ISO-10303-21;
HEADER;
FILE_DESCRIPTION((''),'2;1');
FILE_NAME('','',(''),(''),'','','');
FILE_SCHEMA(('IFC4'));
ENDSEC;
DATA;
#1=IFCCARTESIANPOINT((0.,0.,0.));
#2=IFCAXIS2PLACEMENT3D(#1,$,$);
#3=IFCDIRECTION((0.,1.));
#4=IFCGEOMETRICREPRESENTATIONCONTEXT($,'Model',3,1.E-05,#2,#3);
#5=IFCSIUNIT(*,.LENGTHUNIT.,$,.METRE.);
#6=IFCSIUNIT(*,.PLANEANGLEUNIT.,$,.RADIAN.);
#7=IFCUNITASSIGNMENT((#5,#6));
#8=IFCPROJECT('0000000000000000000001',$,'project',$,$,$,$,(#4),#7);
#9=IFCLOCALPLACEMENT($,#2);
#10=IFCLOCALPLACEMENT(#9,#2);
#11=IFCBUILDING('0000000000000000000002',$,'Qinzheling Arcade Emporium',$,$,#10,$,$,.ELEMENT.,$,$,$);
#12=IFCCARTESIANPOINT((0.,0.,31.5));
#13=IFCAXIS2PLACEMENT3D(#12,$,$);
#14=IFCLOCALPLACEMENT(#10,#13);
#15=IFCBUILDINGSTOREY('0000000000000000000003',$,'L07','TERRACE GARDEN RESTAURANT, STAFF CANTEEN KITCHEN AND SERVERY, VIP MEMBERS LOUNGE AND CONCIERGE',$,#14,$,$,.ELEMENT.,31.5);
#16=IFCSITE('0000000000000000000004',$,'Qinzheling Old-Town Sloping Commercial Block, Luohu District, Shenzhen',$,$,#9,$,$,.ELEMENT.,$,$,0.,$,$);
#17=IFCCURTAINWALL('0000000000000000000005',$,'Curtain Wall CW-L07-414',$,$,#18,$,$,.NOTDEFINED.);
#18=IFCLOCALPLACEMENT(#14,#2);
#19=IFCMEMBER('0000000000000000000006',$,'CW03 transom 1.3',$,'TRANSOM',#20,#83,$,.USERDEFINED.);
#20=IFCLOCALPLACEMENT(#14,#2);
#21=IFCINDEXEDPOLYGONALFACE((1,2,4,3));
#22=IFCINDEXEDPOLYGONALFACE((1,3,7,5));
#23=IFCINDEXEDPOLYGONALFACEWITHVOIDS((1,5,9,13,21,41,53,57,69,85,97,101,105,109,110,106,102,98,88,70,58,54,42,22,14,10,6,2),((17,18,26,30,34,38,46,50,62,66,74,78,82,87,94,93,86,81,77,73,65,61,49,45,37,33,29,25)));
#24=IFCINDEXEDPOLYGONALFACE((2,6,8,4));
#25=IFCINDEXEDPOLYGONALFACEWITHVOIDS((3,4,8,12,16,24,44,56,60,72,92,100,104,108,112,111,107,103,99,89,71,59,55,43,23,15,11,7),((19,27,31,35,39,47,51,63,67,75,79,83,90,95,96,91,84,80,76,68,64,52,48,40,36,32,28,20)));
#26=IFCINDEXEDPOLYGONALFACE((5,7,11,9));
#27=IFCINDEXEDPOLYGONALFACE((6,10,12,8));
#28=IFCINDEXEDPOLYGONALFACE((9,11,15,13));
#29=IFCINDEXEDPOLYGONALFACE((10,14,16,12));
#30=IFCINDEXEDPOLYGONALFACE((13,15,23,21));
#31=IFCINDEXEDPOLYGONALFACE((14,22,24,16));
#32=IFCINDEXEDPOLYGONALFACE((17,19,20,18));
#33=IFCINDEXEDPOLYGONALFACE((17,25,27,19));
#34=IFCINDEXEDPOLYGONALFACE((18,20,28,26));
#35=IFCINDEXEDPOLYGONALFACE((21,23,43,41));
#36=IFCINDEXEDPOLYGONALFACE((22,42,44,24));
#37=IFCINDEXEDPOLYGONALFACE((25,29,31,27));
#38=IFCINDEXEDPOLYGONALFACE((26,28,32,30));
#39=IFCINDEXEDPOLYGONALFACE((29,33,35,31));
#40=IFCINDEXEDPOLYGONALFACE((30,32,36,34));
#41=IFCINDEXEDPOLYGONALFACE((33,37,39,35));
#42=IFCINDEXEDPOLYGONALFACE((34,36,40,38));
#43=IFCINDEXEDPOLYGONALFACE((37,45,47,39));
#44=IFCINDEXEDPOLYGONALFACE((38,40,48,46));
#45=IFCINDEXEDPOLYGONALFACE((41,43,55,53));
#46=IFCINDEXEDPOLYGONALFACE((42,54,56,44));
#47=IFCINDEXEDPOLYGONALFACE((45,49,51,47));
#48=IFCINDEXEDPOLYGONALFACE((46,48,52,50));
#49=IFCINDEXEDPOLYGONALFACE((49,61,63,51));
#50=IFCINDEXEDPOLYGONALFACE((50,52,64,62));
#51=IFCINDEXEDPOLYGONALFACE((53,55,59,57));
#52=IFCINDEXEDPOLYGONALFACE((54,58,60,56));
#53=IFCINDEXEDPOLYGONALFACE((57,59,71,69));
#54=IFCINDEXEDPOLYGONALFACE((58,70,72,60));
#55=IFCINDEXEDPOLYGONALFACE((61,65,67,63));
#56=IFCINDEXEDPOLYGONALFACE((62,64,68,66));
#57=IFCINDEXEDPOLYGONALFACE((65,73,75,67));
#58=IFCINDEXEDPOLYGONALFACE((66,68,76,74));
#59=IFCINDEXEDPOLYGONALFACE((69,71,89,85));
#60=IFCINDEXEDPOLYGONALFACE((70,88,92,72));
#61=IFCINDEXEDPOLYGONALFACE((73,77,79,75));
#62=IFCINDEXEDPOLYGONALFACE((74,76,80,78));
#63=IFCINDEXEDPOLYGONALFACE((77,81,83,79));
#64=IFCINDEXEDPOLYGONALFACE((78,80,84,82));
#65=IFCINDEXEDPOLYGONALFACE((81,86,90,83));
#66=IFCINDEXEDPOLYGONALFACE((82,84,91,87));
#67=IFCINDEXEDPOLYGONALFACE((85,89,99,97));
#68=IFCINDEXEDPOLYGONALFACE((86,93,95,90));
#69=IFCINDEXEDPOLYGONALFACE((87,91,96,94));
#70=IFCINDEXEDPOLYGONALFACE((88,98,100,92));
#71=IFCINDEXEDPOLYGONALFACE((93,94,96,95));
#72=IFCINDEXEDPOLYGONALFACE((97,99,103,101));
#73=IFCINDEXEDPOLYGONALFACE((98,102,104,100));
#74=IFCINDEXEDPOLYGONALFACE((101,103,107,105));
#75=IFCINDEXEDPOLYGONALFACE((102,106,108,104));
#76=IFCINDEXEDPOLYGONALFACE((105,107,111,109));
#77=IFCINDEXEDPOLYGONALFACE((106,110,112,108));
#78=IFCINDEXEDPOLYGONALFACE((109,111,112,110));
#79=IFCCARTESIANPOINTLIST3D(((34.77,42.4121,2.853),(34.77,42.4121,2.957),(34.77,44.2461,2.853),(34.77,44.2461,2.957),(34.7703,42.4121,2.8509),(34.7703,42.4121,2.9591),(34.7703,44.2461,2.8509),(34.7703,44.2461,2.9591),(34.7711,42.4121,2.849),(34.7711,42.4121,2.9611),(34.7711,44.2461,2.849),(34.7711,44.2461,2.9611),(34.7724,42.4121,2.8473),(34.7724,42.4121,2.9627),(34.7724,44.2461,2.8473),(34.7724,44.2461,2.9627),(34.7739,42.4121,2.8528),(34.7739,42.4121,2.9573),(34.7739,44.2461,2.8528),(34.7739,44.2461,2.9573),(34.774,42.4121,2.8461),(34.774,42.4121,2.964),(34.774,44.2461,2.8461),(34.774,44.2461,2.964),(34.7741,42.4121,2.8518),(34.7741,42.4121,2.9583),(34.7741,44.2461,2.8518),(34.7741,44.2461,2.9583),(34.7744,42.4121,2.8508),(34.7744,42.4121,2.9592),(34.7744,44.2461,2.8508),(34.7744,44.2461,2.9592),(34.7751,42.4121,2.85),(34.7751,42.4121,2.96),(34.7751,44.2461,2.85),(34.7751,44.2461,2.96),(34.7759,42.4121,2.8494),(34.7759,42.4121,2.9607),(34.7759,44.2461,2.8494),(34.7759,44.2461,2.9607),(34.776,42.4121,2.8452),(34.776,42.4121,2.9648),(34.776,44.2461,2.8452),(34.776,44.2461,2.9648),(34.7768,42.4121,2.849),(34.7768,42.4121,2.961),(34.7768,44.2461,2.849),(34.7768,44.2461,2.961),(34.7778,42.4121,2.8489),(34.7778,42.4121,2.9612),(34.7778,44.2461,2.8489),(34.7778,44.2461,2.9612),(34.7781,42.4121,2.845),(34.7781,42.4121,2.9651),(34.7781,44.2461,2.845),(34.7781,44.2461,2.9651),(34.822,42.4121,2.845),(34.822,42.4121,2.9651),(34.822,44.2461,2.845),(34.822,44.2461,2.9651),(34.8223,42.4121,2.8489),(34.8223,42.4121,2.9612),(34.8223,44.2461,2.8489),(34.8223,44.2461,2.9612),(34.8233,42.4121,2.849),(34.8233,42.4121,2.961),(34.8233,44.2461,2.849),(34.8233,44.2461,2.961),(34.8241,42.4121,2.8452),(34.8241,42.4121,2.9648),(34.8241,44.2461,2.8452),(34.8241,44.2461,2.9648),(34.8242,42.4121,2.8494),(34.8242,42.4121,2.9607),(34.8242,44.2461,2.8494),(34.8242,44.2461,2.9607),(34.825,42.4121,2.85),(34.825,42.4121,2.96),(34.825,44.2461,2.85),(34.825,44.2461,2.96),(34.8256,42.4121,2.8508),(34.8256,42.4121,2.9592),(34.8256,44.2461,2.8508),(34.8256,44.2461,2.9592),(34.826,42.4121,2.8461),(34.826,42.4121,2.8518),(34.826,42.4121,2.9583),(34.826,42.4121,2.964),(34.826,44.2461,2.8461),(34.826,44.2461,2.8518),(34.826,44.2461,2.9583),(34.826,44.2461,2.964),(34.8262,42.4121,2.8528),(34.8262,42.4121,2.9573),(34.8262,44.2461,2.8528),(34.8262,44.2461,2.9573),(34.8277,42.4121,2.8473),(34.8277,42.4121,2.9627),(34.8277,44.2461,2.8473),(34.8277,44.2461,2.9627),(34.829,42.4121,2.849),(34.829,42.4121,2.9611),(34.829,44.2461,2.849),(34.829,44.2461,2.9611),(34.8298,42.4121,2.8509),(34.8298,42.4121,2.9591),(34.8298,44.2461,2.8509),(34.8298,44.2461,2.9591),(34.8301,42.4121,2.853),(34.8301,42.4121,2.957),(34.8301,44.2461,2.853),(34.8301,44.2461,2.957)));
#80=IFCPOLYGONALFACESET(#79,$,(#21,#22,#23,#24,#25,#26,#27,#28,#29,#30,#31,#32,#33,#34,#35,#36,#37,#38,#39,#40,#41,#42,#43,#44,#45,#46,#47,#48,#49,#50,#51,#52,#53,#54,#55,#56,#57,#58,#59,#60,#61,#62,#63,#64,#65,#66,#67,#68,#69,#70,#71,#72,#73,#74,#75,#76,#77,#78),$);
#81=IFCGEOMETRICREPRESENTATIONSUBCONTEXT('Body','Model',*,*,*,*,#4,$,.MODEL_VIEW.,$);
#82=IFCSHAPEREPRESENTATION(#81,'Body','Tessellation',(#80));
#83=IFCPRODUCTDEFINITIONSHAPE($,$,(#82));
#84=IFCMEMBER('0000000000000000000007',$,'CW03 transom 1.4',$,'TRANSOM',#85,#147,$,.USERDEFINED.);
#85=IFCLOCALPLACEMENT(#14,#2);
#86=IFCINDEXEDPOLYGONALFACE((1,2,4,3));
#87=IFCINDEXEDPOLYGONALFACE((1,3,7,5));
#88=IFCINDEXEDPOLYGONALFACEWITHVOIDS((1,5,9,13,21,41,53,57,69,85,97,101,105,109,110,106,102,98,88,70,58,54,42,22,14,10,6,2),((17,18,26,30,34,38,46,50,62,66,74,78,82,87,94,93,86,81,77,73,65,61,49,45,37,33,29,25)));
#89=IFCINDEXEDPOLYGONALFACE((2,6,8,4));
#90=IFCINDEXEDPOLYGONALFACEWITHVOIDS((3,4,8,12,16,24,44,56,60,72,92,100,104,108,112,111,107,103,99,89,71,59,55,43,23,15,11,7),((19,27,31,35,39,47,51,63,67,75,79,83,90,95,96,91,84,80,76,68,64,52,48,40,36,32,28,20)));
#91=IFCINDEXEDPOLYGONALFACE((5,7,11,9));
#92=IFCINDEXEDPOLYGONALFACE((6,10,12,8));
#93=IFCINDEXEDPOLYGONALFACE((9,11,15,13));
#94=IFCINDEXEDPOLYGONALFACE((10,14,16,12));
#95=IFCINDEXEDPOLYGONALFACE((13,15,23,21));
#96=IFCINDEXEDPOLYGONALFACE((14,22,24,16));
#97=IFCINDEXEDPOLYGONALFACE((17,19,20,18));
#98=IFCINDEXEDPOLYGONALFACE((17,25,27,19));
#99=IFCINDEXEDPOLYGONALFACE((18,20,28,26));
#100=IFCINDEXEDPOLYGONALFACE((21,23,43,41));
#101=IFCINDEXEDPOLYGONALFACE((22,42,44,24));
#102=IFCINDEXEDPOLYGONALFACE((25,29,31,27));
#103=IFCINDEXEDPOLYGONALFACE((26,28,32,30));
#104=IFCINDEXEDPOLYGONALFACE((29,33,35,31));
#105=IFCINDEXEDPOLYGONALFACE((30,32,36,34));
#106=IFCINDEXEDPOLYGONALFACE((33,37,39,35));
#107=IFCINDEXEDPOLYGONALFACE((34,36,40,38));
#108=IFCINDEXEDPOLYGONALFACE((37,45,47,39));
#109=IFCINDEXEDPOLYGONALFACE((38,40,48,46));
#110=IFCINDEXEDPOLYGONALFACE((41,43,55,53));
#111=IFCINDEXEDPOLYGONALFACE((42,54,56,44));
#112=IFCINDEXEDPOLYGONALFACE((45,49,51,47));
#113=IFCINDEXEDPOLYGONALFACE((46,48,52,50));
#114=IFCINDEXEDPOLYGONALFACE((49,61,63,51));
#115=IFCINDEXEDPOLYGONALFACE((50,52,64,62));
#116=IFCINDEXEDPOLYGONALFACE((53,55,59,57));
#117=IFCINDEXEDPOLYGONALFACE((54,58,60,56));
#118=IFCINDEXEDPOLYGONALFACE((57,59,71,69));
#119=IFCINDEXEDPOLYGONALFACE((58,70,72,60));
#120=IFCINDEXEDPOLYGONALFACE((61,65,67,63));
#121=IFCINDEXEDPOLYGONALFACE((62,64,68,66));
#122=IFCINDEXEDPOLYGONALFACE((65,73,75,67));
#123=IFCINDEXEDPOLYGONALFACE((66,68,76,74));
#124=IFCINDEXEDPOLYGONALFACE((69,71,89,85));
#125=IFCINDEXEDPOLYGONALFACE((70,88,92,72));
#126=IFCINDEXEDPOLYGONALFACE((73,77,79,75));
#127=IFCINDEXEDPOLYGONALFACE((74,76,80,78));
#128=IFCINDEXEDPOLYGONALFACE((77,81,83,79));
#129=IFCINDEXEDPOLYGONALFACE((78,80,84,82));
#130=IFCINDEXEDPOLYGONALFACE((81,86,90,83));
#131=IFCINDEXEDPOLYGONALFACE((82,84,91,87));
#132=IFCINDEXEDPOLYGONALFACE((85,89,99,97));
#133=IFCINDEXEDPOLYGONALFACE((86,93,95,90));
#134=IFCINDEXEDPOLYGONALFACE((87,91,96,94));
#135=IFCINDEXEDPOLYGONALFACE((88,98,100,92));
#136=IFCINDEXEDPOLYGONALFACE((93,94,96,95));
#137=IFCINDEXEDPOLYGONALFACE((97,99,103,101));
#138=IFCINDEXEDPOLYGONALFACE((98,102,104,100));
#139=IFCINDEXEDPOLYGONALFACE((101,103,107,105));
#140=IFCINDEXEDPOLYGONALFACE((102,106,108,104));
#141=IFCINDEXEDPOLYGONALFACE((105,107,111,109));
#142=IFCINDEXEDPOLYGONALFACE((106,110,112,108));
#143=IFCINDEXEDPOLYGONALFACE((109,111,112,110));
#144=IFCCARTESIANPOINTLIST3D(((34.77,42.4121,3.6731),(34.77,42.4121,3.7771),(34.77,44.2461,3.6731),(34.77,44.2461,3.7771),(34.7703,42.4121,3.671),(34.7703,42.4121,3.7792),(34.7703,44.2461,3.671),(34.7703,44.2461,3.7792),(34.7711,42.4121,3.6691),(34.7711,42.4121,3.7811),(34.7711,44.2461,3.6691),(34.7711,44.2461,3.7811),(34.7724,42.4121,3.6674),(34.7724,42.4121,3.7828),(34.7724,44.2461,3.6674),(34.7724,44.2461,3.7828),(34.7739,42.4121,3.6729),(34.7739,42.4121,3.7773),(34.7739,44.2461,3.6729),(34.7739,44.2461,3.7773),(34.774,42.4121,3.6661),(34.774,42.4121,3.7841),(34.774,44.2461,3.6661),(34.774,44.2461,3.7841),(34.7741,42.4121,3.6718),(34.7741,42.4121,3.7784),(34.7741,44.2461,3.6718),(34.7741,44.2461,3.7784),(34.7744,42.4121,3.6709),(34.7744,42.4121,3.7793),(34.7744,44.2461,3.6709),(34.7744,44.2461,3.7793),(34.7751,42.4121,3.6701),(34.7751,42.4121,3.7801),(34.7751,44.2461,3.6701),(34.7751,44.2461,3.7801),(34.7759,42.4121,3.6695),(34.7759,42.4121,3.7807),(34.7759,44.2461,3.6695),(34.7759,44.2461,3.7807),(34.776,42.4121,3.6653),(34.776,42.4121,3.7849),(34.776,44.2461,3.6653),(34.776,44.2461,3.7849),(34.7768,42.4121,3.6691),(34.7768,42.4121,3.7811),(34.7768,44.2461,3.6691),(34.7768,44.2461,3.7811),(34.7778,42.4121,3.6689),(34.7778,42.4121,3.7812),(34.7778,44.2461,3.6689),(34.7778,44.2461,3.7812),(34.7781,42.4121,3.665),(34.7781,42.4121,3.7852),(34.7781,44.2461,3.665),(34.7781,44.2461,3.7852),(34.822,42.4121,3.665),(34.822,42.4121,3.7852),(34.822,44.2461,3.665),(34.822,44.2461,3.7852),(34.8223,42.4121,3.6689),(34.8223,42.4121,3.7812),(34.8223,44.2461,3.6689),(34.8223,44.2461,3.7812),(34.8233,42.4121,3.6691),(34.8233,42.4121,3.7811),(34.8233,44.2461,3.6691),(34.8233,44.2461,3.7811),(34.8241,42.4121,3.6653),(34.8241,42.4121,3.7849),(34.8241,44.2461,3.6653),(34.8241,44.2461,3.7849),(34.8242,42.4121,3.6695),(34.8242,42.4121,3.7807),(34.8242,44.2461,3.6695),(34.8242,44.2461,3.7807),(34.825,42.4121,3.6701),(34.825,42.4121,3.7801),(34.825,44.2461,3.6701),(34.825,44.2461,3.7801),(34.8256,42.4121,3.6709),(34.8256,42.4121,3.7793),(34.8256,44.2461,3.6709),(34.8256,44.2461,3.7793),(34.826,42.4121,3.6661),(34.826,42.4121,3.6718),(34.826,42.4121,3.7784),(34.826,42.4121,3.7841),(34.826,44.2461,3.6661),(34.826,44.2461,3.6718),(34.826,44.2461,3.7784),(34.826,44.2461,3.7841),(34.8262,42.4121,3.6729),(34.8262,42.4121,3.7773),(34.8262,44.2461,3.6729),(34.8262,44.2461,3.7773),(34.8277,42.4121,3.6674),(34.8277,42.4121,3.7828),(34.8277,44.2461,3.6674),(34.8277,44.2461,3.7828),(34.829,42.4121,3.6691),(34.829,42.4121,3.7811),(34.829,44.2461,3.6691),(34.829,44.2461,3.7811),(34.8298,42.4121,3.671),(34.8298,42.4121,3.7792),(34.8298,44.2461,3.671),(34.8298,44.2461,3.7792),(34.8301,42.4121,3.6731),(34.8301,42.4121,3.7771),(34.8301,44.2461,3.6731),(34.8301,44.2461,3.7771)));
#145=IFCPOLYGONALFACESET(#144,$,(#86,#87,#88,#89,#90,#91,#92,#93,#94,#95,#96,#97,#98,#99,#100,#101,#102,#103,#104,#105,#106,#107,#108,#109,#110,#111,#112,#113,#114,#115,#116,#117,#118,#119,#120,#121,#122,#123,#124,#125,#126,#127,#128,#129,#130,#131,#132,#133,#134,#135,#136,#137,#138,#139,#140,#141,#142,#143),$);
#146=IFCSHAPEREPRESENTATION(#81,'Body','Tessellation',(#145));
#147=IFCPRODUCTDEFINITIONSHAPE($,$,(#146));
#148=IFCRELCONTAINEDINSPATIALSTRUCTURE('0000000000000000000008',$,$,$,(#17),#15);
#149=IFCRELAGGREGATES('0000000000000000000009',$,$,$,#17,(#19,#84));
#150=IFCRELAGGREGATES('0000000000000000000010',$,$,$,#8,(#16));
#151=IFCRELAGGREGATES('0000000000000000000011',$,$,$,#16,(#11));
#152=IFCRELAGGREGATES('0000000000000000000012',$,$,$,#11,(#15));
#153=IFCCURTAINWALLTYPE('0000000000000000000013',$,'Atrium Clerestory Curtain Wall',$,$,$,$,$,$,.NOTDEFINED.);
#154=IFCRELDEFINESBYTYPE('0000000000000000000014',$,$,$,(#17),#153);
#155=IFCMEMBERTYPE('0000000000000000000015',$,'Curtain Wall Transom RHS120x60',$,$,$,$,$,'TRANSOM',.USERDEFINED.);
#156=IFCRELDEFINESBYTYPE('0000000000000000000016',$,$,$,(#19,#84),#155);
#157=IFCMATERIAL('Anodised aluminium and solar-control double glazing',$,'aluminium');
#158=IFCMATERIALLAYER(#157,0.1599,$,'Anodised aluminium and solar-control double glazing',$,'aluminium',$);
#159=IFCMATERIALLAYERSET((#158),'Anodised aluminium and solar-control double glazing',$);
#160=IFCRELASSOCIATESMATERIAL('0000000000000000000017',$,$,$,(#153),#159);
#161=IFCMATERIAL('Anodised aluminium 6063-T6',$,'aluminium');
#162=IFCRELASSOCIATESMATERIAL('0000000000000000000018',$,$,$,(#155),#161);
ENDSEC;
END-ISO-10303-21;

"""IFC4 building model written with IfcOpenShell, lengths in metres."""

from ifc_helpers import new_model, si_unit, direction, frame, origin, origin_2d, place, context, subcontext, project, spatial, hollow_rectangle, extrude, material, layer, layer_set, material_profile, profile_set, type_object, element, aggregate, save


model = new_model("IFC4")

# Units and contexts
model_context = context("Model", 3, precision=1e-05, world=origin(), true_north=direction((0.0, 1.0)))
body_context = subcontext(model_context, "Body", "Model", "MODEL_VIEW")
ifc_project = project(units=[si_unit("LENGTHUNIT", "METRE"), si_unit("PLANEANGLEUNIT", "RADIAN")], contexts=[model_context])

# Site, building, storey
site_placement = place(None, origin())
site = spatial("IfcSite", under=ifc_project, at=site_placement, Name="Qinzheling Old-Town Sloping Commercial Block, Luohu District, Shenzhen", CompositionType="ELEMENT", RefElevation=0.0)
building_placement = place(site_placement, origin())
building = spatial("IfcBuilding", under=site, at=building_placement, Name="Qinzheling Arcade Emporium", CompositionType="ELEMENT")
storey_placement = place(building_placement, frame((0.0, 0.0, 31.5)))
storey = spatial("IfcBuildingStorey", under=building, at=storey_placement, Name="L07", Description="TERRACE GARDEN RESTAURANT, STAFF CANTEEN KITCHEN AND SERVERY, VIP MEMBERS LOUNGE AND CONCIERGE", CompositionType="ELEMENT", Elevation=31.5)

# Shared definitions
ifc_material_1 = material(Name="Anodised aluminium and solar-control double glazing", Category="aluminium")
ifc_layer_1 = layer(ifc_material_1, 0.1599, Name="Anodised aluminium and solar-control double glazing", Category="aluminium")
ifc_layer_set_1 = layer_set([ifc_layer_1], Name="Anodised aluminium and solar-control double glazing")
curtain_wall_type = type_object("IfcCurtainWallType", Name="Atrium Clerestory Curtain Wall", PredefinedType="NOTDEFINED", material=ifc_layer_set_1)
ifc_material_2 = material(Name="Anodised aluminium 6063-T6", Category="aluminium")

# Curtain wall, members
curtain_wall_1_placement = place(storey_placement, origin())
curtain_wall_1 = element("IfcCurtainWall", 1, at=curtain_wall_1_placement, inside=storey, type_object=curtain_wall_type, Name="Curtain Wall CW-L07-414", PredefinedType="NOTDEFINED")
ifc_material_profile_1 = material_profile(ifc_material_2, hollow_rectangle(XDim=0.0601, YDim=0.1201, WallThickness=0.0039, InnerFilletRadius=0.0039, OuterFilletRadius=0.0081, at=origin_2d()), Name="RHS 120x60x4", Category="aluminium")
ifc_profile_set_1 = profile_set([ifc_material_profile_1], Name="Anodised aluminium 6063-T6")
member_type_1 = type_object("IfcMemberType", Name="Curtain Wall Transom RHS120x60", ElementType="TRANSOM", PredefinedType="USERDEFINED", material=ifc_profile_set_1)
member_1_placement = place(storey_placement, frame((34.8, 42.4121, 2.905), z_axis=(0.0, 1.0, 0.0), x_axis=(-1.0, 0.0, 0.0)))
member_1 = element("IfcMember", 2, at=member_1_placement, type_object=member_type_1, Name="CW03 transom 1.3", ObjectType="TRANSOM", PredefinedType="USERDEFINED", context=body_context, shape_type="SweptSolid", body=[
    extrude(hollow_rectangle(XDim=0.0601, YDim=0.1201, WallThickness=0.0039, InnerFilletRadius=0.0039, OuterFilletRadius=0.0081, at=origin_2d()), origin(), (0.0, 0.0, 1.0), 1.834),
])
member_2_placement = place(storey_placement, frame((34.8, 42.4121, 3.7251), z_axis=(0.0, 1.0, 0.0), x_axis=(-1.0, 0.0, 0.0)))
member_2 = element("IfcMember", 3, at=member_2_placement, type_object=member_type_1, Name="CW03 transom 1.4", ObjectType="TRANSOM", PredefinedType="USERDEFINED", context=body_context, shape_type="SweptSolid", body=[
    extrude(hollow_rectangle(XDim=0.0601, YDim=0.1201, WallThickness=0.0039, InnerFilletRadius=0.0039, OuterFilletRadius=0.0081, at=origin_2d()), origin(), (0.0, 0.0, 1.0), 1.834),
])

aggregate(curtain_wall_1, [member_1, member_2])

save(model, "model.ifc")
